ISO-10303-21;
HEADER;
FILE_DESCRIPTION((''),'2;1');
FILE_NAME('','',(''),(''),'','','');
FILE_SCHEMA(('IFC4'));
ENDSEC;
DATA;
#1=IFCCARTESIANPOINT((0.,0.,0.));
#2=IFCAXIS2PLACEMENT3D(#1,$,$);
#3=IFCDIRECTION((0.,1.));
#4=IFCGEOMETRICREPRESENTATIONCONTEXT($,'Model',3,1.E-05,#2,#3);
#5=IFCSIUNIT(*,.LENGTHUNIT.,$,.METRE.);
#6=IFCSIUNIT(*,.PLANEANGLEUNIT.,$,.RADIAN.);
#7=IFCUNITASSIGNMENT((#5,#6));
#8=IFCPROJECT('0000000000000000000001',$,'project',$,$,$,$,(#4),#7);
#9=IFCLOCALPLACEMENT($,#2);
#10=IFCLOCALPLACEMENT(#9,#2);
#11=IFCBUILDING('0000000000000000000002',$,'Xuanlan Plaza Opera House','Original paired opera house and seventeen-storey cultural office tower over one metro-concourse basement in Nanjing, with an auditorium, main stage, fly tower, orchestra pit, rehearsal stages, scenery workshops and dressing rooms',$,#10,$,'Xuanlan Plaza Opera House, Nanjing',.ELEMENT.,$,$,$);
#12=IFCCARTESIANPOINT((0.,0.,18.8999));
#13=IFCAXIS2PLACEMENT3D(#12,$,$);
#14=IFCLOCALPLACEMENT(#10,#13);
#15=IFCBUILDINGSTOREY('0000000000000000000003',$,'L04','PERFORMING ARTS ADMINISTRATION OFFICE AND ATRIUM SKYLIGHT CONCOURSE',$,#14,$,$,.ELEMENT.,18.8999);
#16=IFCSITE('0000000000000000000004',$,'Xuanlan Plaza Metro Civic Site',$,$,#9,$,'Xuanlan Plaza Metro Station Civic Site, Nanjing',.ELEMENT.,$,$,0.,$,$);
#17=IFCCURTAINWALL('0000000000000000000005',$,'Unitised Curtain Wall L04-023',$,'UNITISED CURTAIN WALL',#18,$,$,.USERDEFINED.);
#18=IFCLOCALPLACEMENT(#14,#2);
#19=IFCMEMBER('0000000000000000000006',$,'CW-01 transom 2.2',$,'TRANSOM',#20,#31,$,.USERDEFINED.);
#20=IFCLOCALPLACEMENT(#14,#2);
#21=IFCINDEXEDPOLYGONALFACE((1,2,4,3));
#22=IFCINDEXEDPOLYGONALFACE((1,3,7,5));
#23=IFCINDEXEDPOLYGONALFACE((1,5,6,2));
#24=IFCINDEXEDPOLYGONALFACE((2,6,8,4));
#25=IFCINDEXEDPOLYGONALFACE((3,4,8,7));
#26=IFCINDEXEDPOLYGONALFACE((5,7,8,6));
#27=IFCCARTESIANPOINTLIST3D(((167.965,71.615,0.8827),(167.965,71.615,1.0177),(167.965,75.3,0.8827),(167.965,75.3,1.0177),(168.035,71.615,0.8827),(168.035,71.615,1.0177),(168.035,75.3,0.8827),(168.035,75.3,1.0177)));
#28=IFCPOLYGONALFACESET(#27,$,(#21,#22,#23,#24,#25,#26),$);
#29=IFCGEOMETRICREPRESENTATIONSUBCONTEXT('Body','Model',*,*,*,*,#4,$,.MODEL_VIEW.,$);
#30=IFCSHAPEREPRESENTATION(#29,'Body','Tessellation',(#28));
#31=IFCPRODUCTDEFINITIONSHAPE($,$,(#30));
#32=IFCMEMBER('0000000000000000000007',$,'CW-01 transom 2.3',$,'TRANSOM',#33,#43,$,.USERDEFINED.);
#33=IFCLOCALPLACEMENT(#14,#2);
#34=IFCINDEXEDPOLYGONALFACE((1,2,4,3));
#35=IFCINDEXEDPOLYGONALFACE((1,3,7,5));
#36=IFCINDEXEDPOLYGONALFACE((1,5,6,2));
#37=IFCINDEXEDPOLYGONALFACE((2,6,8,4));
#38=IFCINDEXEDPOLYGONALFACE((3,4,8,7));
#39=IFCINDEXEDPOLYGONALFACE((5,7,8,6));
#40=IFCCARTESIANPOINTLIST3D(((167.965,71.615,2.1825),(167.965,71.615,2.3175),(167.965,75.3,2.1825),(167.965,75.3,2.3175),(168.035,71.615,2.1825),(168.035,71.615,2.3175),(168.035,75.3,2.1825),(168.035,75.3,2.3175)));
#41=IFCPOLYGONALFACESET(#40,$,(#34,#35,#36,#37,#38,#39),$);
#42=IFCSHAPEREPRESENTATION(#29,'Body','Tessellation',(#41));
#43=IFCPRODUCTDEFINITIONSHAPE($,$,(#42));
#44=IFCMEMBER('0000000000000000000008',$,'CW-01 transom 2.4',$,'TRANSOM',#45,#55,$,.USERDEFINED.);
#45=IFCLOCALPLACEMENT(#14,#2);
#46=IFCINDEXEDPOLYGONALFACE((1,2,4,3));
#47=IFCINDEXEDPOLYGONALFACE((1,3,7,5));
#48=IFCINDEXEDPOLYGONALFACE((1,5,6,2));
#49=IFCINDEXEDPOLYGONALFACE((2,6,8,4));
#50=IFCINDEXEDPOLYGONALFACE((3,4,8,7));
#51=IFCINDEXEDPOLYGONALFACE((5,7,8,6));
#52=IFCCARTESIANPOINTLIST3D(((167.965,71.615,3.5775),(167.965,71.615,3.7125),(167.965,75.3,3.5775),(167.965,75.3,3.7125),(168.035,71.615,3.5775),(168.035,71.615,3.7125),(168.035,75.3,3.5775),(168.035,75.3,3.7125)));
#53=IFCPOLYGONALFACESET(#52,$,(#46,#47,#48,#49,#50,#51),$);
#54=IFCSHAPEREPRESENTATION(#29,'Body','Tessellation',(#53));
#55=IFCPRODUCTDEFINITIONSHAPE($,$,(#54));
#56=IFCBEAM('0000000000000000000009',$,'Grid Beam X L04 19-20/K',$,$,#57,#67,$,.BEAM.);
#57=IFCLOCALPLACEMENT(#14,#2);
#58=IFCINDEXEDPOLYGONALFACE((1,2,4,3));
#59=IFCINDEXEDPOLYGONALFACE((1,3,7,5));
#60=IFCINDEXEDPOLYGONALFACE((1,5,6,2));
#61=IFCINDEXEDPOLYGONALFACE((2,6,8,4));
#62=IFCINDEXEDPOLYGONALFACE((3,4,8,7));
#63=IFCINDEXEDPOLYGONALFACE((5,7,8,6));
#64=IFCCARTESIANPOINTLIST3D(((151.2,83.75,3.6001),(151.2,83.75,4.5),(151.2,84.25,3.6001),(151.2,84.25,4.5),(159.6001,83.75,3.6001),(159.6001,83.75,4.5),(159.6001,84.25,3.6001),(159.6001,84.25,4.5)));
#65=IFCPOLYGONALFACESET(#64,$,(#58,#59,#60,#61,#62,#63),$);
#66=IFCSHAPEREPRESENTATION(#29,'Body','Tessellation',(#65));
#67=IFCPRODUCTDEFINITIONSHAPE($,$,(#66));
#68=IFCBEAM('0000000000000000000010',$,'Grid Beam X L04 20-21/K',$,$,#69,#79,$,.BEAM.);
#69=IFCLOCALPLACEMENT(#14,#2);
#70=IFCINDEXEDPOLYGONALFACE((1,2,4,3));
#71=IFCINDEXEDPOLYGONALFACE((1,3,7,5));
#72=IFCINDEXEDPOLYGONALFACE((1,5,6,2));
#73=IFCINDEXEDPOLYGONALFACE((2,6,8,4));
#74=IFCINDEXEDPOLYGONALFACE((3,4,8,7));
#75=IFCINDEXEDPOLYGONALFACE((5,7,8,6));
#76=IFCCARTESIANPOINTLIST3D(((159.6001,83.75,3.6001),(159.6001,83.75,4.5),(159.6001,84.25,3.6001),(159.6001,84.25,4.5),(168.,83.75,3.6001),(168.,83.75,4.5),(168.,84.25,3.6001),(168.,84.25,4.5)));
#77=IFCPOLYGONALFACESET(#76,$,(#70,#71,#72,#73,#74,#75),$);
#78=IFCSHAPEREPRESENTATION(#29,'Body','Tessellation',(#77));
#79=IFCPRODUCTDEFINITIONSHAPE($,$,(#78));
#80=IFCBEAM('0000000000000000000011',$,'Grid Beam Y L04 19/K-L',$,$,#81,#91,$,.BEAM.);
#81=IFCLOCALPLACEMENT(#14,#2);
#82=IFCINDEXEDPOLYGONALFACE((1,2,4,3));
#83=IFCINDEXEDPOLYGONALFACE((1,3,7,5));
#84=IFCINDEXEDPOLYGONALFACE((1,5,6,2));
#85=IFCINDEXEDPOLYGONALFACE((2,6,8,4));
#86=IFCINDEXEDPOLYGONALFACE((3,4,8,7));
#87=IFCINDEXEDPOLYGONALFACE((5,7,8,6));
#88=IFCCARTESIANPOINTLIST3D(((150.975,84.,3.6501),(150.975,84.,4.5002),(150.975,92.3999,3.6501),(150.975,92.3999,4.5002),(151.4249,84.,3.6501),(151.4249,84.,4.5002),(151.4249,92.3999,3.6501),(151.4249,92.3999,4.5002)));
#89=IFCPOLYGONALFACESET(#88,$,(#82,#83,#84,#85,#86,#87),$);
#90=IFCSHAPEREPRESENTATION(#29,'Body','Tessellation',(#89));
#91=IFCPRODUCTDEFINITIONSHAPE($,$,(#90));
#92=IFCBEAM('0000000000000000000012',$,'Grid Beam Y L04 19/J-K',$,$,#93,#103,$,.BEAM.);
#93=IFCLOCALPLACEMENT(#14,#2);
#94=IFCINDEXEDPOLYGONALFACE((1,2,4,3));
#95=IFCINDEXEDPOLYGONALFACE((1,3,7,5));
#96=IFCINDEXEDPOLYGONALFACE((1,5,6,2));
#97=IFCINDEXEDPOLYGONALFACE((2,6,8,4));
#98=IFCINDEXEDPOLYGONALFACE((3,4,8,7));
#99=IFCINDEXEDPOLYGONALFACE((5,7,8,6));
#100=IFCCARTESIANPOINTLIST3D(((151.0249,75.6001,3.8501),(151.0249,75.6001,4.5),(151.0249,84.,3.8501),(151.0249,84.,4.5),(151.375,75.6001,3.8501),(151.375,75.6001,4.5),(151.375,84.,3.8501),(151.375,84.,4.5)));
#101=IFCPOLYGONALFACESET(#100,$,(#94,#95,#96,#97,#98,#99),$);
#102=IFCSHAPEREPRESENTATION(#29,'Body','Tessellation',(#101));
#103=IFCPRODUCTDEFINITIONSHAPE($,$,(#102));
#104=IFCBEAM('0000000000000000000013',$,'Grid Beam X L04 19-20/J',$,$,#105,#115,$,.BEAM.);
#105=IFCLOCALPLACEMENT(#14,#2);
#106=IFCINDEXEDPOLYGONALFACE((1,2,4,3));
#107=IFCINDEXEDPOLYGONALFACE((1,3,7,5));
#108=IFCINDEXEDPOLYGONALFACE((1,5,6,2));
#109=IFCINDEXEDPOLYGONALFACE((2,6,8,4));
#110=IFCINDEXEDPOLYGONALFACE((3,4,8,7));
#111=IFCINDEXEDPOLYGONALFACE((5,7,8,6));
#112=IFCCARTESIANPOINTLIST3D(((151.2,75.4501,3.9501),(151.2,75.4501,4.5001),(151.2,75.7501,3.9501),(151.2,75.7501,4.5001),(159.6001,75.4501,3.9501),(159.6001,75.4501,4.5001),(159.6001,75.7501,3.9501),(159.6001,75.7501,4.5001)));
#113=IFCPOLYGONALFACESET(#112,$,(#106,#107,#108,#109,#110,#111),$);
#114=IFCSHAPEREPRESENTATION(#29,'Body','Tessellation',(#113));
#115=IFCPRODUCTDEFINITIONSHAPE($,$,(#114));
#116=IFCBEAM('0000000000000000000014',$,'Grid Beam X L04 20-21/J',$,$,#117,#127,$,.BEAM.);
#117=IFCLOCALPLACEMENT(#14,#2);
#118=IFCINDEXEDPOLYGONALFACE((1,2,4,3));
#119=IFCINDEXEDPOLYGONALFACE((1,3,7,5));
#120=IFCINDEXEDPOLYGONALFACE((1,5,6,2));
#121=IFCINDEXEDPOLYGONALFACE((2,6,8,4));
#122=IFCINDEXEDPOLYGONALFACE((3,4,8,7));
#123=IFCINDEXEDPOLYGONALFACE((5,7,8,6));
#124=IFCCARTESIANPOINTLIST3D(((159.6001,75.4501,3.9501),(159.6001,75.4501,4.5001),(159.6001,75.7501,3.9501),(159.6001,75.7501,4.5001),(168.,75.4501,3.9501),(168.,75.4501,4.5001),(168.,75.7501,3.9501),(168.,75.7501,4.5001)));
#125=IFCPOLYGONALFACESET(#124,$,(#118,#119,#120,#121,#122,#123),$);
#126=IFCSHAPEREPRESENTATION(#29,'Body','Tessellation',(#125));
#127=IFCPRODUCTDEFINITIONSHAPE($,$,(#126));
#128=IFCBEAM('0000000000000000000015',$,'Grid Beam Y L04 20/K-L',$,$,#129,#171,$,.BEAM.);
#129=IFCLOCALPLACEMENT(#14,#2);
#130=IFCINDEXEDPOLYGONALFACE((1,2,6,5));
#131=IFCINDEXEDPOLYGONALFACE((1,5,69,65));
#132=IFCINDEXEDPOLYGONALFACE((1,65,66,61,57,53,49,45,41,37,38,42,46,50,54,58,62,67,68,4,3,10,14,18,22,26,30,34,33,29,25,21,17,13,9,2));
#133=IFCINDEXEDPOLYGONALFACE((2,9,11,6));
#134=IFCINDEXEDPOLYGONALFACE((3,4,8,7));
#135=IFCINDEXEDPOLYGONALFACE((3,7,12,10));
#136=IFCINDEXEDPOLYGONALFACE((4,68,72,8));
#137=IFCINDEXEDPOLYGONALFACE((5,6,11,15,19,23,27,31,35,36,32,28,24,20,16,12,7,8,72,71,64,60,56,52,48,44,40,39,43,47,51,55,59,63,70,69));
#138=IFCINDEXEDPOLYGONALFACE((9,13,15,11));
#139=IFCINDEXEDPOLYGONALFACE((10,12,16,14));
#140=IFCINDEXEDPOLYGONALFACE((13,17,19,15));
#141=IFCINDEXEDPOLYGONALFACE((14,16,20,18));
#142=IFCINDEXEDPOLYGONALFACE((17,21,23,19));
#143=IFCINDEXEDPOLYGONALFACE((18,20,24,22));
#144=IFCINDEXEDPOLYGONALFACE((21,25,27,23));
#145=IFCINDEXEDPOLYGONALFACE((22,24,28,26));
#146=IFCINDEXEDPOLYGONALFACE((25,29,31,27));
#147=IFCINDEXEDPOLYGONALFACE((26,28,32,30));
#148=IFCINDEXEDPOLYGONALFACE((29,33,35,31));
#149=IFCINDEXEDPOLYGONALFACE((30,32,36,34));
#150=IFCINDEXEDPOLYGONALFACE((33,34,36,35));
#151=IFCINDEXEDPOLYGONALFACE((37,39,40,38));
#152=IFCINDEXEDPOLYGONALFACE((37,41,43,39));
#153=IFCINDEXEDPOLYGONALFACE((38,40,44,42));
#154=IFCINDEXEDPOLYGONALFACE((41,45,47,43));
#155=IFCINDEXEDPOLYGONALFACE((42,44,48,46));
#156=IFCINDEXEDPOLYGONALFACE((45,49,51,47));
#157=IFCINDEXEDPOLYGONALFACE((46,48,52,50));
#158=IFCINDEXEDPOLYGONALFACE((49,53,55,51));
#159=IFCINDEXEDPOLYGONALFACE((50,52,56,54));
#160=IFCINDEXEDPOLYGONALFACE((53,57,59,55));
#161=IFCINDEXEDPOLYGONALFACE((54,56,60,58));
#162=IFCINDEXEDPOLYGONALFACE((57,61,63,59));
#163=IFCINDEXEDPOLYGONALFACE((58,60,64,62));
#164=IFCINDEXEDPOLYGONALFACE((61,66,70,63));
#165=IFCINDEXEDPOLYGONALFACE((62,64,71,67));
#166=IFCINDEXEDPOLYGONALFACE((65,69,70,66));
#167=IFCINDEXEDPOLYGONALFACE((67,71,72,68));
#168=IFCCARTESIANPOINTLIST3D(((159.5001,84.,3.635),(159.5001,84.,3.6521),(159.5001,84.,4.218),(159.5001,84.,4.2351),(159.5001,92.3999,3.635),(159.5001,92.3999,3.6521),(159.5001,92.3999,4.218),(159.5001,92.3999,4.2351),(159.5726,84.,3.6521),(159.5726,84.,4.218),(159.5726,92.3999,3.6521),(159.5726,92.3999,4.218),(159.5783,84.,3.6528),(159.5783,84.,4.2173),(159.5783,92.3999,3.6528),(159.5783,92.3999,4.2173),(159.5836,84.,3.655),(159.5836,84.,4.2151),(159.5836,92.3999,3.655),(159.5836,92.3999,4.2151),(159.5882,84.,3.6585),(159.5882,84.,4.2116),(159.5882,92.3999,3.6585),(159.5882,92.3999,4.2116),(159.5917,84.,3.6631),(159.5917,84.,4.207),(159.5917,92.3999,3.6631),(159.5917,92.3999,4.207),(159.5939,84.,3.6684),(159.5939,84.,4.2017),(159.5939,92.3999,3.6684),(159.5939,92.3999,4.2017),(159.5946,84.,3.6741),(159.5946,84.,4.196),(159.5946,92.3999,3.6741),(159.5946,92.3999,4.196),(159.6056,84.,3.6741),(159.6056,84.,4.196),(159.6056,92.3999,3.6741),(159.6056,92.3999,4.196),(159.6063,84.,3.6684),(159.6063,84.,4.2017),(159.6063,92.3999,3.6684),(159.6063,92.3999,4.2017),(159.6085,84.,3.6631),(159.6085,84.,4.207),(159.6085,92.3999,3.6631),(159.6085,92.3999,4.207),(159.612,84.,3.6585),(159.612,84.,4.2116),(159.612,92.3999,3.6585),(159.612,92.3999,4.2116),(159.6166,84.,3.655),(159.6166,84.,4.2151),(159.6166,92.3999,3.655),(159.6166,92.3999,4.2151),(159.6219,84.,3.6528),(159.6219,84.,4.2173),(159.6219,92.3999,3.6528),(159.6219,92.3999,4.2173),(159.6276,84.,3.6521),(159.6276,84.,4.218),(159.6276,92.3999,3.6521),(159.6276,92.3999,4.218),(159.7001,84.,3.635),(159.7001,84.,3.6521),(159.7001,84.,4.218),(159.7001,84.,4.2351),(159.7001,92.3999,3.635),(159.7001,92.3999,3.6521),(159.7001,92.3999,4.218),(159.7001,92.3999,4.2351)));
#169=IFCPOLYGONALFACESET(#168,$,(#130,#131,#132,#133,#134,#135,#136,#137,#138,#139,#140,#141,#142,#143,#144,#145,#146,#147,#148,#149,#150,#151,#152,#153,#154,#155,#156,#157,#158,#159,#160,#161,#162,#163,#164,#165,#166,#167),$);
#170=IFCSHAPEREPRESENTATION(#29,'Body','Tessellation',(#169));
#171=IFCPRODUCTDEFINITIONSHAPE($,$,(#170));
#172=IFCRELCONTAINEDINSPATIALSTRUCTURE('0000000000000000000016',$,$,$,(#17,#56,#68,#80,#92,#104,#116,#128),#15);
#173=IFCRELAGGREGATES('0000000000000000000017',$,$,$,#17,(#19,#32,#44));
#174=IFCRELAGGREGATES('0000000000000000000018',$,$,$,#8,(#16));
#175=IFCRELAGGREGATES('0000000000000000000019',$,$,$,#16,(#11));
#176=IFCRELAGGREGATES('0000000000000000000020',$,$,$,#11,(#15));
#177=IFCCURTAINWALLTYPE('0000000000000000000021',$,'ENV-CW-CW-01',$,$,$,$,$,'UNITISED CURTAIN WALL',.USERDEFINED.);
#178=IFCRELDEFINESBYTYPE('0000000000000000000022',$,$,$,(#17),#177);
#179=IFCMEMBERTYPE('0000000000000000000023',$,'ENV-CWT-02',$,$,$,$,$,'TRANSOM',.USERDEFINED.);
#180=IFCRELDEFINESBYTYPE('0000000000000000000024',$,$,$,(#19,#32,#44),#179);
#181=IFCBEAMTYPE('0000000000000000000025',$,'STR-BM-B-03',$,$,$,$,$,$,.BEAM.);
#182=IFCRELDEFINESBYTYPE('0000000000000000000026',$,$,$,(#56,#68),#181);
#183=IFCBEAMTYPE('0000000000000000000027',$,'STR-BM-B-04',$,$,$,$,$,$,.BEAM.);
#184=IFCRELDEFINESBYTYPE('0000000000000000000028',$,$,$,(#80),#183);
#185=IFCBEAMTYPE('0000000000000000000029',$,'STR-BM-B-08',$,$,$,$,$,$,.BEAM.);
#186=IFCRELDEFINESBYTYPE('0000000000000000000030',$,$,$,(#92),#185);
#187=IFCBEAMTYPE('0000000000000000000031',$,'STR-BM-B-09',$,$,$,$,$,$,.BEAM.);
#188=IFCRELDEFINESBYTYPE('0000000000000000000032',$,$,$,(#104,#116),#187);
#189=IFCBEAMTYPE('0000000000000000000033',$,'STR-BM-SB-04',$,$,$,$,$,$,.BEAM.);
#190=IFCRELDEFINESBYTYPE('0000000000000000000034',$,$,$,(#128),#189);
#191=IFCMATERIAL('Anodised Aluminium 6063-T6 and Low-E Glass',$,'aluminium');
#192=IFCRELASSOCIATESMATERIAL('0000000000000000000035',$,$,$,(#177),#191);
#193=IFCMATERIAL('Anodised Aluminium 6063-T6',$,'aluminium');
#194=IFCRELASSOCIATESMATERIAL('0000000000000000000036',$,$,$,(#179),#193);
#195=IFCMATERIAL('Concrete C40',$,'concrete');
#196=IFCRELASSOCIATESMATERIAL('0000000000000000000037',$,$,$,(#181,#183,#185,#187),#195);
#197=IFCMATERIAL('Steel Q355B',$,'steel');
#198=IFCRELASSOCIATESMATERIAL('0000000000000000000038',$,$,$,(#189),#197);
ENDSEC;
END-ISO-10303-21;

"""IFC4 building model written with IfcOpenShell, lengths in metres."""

from ifc_helpers import new_model, si_unit, direction, frame, origin, origin_2d, place, context, subcontext, project, spatial, rectangle, i_section, extrude, material, material_profile, profile_set, type_object, element, aggregate, save


model = new_model("IFC4")

# Units and contexts
model_context = context("Model", 3, precision=1e-05, world=origin(), true_north=direction((0.0, 1.0)))
body_context = subcontext(model_context, "Body", "Model", "MODEL_VIEW")
ifc_project = project(units=[si_unit("LENGTHUNIT", "METRE"), si_unit("PLANEANGLEUNIT", "RADIAN")], contexts=[model_context])

# Site, building, storey
site_placement = place(None, origin())
site = spatial("IfcSite", under=ifc_project, at=site_placement, Name="Xuanlan Plaza Metro Civic Site", LongName="Xuanlan Plaza Metro Station Civic Site, Nanjing", CompositionType="ELEMENT", RefElevation=0.0)
building_placement = place(site_placement, origin())
building = spatial("IfcBuilding", under=site, at=building_placement, Name="Xuanlan Plaza Opera House", Description="Original paired opera house and seventeen-storey cultural office tower over one metro-concourse basement in Nanjing, with an auditorium, main stage, fly tower, orchestra pit, rehearsal stages, scenery workshops and dressing rooms", LongName="Xuanlan Plaza Opera House, Nanjing", CompositionType="ELEMENT")
storey_placement = place(building_placement, frame((0.0, 0.0, 18.8999)))
storey = spatial("IfcBuildingStorey", under=building, at=storey_placement, Name="L04", Description="PERFORMING ARTS ADMINISTRATION OFFICE AND ATRIUM SKYLIGHT CONCOURSE", CompositionType="ELEMENT", Elevation=18.8999)

# Shared definitions
ifc_material_1 = material(Name="Steel Q355B", Category="steel")

# Curtain wall, members
ifc_material_2 = material(Name="Anodised Aluminium 6063-T6 and Low-E Glass", Category="aluminium")
curtain_wall_type = type_object("IfcCurtainWallType", Name="ENV-CW-CW-01", ElementType="UNITISED CURTAIN WALL", PredefinedType="USERDEFINED", material=ifc_material_2)
curtain_wall_placement = place(storey_placement, origin())
curtain_wall = element("IfcCurtainWall", 1, at=curtain_wall_placement, inside=storey, type_object=curtain_wall_type, Name="Unitised Curtain Wall L04-023", ObjectType="UNITISED CURTAIN WALL", PredefinedType="USERDEFINED")
ifc_material_3 = material(Name="Anodised Aluminium 6063-T6", Category="aluminium")
ifc_material_profile_1 = material_profile(ifc_material_3, rectangle(XDim=0.0701, YDim=0.135, at=origin_2d()), Name="ALU-T 70x135")
ifc_profile_set_1 = profile_set([ifc_material_profile_1], Name="Anodised Aluminium 6063-T6")
member_type_1 = type_object("IfcMemberType", Name="ENV-CWT-02", ElementType="TRANSOM", PredefinedType="USERDEFINED", material=ifc_profile_set_1)
member_1_placement = place(storey_placement, frame((168.0, 71.615, 0.9502), z_axis=(0.0, 1.0, 0.0), x_axis=(-1.0, 0.0, 0.0)))
member_1 = element("IfcMember", 2, at=member_1_placement, type_object=member_type_1, Name="CW-01 transom 2.2", ObjectType="TRANSOM", PredefinedType="USERDEFINED", context=body_context, shape_type="SweptSolid", body=[
    extrude(rectangle(XDim=0.0701, YDim=0.135, at=origin_2d()), origin(), (0.0, 0.0, 1.0), 3.6851),
])
member_2_placement = place(storey_placement, frame((168.0, 71.615, 2.25), z_axis=(0.0, 1.0, 0.0), x_axis=(-1.0, 0.0, 0.0)))
member_2 = element("IfcMember", 3, at=member_2_placement, type_object=member_type_1, Name="CW-01 transom 2.3", ObjectType="TRANSOM", PredefinedType="USERDEFINED", context=body_context, shape_type="SweptSolid", body=[
    extrude(rectangle(XDim=0.0701, YDim=0.135, at=origin_2d()), origin(), (0.0, 0.0, 1.0), 3.6851),
])
member_3_placement = place(storey_placement, frame((168.0, 71.615, 3.645), z_axis=(0.0, 1.0, 0.0), x_axis=(-1.0, 0.0, 0.0)))
member_3 = element("IfcMember", 4, at=member_3_placement, type_object=member_type_1, Name="CW-01 transom 2.4", ObjectType="TRANSOM", PredefinedType="USERDEFINED", context=body_context, shape_type="SweptSolid", body=[
    extrude(rectangle(XDim=0.0701, YDim=0.135, at=origin_2d()), origin(), (0.0, 0.0, 1.0), 3.6851),
])

# Beams
ifc_material_4 = material(Name="Concrete C40", Category="concrete")
ifc_material_profile_2 = material_profile(ifc_material_4, rectangle(XDim=0.5, YDim=0.8999, at=origin_2d()), Name="RC-BM 500x900")
ifc_profile_set_2 = profile_set([ifc_material_profile_2], Name="Concrete C40")
beam_type_1 = type_object("IfcBeamType", Name="STR-BM-B-03", PredefinedType="BEAM", material=ifc_profile_set_2)
beam_1_placement = place(storey_placement, frame((151.2, 84.0, 4.05), z_axis=(1.0, 0.0, 0.0), x_axis=(0.0, 1.0, 0.0)))
element("IfcBeam", 5, at=beam_1_placement, inside=storey, type_object=beam_type_1, Name="Grid Beam X L04 19-20/K", PredefinedType="BEAM", context=body_context, shape_type="SweptSolid", body=[
    extrude(rectangle(XDim=0.5, YDim=0.8999, at=origin_2d()), origin(), (0.0, 0.0, 1.0), 8.4001),
])
beam_2_placement = place(storey_placement, frame((159.6001, 84.0, 4.05), z_axis=(1.0, 0.0, 0.0), x_axis=(0.0, 1.0, 0.0)))
element("IfcBeam", 6, at=beam_2_placement, inside=storey, type_object=beam_type_1, Name="Grid Beam X L04 20-21/K", PredefinedType="BEAM", context=body_context, shape_type="SweptSolid", body=[
    extrude(rectangle(XDim=0.5, YDim=0.8999, at=origin_2d()), origin(), (0.0, 0.0, 1.0), 8.3999),
])
ifc_material_profile_3 = material_profile(ifc_material_4, rectangle(XDim=0.45, YDim=0.8501, at=origin_2d()), Name="RC-BM 450x850")
ifc_profile_set_3 = profile_set([ifc_material_profile_3], Name="Concrete C40")
beam_type_2 = type_object("IfcBeamType", Name="STR-BM-B-04", PredefinedType="BEAM", material=ifc_profile_set_3)
beam_3_placement = place(storey_placement, frame((151.2, 84.0, 4.0752), z_axis=(0.0, 1.0, 0.0), x_axis=(-1.0, 0.0, 0.0)))
element("IfcBeam", 7, at=beam_3_placement, inside=storey, type_object=beam_type_2, Name="Grid Beam Y L04 19/K-L", PredefinedType="BEAM", context=body_context, shape_type="SweptSolid", body=[
    extrude(rectangle(XDim=0.45, YDim=0.8501, at=origin_2d()), origin(), (0.0, 0.0, 1.0), 8.3999),
])
ifc_material_profile_4 = material_profile(ifc_material_4, rectangle(XDim=0.3501, YDim=0.6499, at=origin_2d()), Name="RC-BM 350x650")
ifc_profile_set_4 = profile_set([ifc_material_profile_4], Name="Concrete C40")
beam_type_3 = type_object("IfcBeamType", Name="STR-BM-B-08", PredefinedType="BEAM", material=ifc_profile_set_4)
beam_4_placement = place(storey_placement, frame((151.2, 75.6001, 4.175), z_axis=(0.0, 1.0, 0.0), x_axis=(-1.0, 0.0, 0.0)))
element("IfcBeam", 8, at=beam_4_placement, inside=storey, type_object=beam_type_3, Name="Grid Beam Y L04 19/J-K", PredefinedType="BEAM", context=body_context, shape_type="SweptSolid", body=[
    extrude(rectangle(XDim=0.3501, YDim=0.6499, at=origin_2d()), origin(), (0.0, 0.0, 1.0), 8.3999),
])
ifc_material_profile_5 = material_profile(ifc_material_4, rectangle(XDim=0.3, YDim=0.55, at=origin_2d()), Name="RC-BM 300x550")
ifc_profile_set_5 = profile_set([ifc_material_profile_5], Name="Concrete C40")
beam_type_4 = type_object("IfcBeamType", Name="STR-BM-B-09", PredefinedType="BEAM", material=ifc_profile_set_5)
beam_5_placement = place(storey_placement, frame((151.2, 75.6001, 4.2251), z_axis=(1.0, 0.0, 0.0), x_axis=(0.0, 1.0, 0.0)))
element("IfcBeam", 9, at=beam_5_placement, inside=storey, type_object=beam_type_4, Name="Grid Beam X L04 19-20/J", PredefinedType="BEAM", context=body_context, shape_type="SweptSolid", body=[
    extrude(rectangle(XDim=0.3, YDim=0.55, at=origin_2d()), origin(), (0.0, 0.0, 1.0), 8.4001),
])
beam_6_placement = place(storey_placement, frame((159.6001, 75.6001, 4.2251), z_axis=(1.0, 0.0, 0.0), x_axis=(0.0, 1.0, 0.0)))
element("IfcBeam", 10, at=beam_6_placement, inside=storey, type_object=beam_type_4, Name="Grid Beam X L04 20-21/J", PredefinedType="BEAM", context=body_context, shape_type="SweptSolid", body=[
    extrude(rectangle(XDim=0.3, YDim=0.55, at=origin_2d()), origin(), (0.0, 0.0, 1.0), 8.3999),
])
ifc_material_profile_6 = material_profile(ifc_material_1, i_section(OverallWidth=0.2, OverallDepth=0.6001, WebThickness=0.011, FlangeThickness=0.0171, FilletRadius=0.022, at=origin_2d()), Name="HN 600x200x11x17")
ifc_profile_set_6 = profile_set([ifc_material_profile_6], Name="Steel Q355B")
beam_type_5 = type_object("IfcBeamType", Name="STR-BM-SB-04", PredefinedType="BEAM", material=ifc_profile_set_6)
beam_7_placement = place(storey_placement, frame((159.6001, 84.0, 3.9351), z_axis=(0.0, 1.0, 0.0), x_axis=(-1.0, 0.0, 0.0)))
element("IfcBeam", 11, at=beam_7_placement, inside=storey, type_object=beam_type_5, Name="Grid Beam Y L04 20/K-L", PredefinedType="BEAM", context=body_context, shape_type="SweptSolid", body=[
    extrude(i_section(OverallWidth=0.2, OverallDepth=0.6001, WebThickness=0.011, FlangeThickness=0.0171, FilletRadius=0.022, at=origin_2d()), origin(), (0.0, 0.0, 1.0), 8.3999),
])

aggregate(curtain_wall, [member_1, member_2, member_3])

save(model, "model.ifc")
